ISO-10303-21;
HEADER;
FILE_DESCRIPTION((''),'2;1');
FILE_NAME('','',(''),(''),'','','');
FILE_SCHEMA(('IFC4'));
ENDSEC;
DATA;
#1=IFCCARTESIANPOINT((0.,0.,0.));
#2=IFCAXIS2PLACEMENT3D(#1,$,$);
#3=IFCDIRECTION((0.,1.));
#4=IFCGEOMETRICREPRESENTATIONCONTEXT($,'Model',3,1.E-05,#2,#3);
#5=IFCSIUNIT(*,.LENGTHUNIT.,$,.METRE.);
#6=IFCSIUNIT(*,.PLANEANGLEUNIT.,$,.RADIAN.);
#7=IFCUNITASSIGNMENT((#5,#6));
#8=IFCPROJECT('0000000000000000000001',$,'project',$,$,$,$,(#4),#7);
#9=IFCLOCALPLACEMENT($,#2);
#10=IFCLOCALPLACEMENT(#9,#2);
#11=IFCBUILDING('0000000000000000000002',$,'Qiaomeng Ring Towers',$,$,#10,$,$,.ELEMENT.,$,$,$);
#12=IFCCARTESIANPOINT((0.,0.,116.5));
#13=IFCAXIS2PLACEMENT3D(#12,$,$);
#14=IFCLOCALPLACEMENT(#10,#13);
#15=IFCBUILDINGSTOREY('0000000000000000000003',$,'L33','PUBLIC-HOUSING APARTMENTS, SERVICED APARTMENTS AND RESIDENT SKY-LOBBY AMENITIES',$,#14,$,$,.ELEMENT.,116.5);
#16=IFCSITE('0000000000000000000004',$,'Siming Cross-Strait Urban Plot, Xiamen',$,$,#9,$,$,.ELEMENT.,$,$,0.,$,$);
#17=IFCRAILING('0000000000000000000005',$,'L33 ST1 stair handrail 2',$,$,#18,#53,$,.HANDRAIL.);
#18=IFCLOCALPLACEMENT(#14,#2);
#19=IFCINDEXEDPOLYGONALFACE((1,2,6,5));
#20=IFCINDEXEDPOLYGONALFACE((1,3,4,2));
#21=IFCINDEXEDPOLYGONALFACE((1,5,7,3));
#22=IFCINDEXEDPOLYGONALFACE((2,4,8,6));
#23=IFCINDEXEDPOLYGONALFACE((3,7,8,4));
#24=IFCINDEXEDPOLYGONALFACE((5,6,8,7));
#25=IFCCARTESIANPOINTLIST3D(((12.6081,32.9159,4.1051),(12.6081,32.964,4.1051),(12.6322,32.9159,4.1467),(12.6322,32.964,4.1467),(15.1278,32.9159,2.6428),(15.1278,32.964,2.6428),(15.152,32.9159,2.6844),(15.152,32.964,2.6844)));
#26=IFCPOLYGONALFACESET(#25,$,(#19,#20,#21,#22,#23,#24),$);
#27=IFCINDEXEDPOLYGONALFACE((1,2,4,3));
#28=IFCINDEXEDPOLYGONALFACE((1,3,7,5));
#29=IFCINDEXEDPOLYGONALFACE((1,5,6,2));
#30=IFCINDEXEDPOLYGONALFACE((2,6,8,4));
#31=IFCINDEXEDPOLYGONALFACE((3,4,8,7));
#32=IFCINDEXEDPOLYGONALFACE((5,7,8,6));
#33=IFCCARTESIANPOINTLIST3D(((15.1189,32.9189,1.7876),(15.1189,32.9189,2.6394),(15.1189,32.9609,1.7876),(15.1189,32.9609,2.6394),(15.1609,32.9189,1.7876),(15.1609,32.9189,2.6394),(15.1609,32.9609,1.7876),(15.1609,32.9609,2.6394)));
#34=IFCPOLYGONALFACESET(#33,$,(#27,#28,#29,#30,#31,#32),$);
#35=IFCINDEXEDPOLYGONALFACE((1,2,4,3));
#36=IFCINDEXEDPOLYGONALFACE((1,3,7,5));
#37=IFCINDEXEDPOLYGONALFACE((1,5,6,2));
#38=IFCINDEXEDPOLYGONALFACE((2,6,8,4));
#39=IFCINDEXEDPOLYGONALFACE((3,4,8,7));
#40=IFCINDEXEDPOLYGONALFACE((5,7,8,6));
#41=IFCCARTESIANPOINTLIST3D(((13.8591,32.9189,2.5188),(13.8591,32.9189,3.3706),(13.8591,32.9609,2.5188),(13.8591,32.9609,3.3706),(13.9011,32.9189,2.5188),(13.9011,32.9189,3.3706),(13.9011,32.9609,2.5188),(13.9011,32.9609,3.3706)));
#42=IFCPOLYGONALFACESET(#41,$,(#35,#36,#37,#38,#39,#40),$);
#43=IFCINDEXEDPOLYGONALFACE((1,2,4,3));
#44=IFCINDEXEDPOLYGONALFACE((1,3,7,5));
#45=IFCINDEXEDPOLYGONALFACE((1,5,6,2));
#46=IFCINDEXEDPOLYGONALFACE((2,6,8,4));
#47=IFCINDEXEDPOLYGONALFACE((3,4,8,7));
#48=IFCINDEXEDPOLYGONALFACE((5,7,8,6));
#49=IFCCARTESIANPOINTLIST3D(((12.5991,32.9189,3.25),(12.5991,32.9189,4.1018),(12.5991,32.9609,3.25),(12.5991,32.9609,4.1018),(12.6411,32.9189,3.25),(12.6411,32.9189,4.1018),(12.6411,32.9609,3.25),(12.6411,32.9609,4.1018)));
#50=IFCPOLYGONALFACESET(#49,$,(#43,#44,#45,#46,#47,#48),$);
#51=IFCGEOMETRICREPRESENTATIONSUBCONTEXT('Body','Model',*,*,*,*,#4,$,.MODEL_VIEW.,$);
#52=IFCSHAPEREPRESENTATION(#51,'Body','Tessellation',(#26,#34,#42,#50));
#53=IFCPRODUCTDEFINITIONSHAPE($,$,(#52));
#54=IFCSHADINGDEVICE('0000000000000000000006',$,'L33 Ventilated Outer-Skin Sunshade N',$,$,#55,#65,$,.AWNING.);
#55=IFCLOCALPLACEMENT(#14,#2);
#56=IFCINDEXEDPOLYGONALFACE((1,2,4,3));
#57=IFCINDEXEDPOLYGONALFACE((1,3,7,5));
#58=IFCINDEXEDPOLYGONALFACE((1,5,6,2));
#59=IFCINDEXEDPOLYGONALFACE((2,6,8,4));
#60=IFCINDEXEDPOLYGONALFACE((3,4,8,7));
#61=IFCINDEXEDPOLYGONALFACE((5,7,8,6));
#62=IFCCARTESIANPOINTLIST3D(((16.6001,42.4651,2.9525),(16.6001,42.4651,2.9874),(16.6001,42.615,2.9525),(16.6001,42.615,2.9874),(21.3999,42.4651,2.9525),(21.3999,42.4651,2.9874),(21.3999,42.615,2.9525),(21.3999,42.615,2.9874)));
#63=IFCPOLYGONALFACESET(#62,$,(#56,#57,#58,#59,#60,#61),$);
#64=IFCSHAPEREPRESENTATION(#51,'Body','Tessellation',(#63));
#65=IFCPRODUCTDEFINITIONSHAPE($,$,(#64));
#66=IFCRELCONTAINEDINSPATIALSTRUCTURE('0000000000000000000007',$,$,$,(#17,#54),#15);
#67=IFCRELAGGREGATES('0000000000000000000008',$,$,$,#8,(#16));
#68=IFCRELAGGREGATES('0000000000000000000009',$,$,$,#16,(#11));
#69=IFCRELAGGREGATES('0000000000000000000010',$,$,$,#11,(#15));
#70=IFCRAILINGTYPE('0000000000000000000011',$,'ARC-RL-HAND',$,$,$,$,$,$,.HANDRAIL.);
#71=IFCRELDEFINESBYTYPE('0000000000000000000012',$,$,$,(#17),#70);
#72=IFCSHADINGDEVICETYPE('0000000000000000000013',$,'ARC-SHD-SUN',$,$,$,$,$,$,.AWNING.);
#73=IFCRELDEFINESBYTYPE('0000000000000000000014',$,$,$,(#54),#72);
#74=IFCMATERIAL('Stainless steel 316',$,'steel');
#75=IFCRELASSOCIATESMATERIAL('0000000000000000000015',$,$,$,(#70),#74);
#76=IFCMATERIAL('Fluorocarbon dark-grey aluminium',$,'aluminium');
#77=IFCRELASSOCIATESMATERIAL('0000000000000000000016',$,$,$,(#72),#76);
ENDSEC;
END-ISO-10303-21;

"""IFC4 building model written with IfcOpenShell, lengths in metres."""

from ifc_helpers import new_model, si_unit, direction, frame, origin, origin_2d, place, context, subcontext, project, spatial, rectangle, extrude, source, transform, mapped, material, material_profile, profile_set, type_object, element, save


model = new_model("IFC4")

# Units and contexts
model_context = context("Model", 3, precision=1e-05, world=origin(), true_north=direction((0.0, 1.0)))
body_context = subcontext(model_context, "Body", "Model", "MODEL_VIEW")
ifc_project = project(units=[si_unit("LENGTHUNIT", "METRE"), si_unit("PLANEANGLEUNIT", "RADIAN")], contexts=[model_context])

# Site, building, storey
site_placement = place(None, origin())
site = spatial("IfcSite", under=ifc_project, at=site_placement, Name="Siming Cross-Strait Urban Plot, Xiamen", CompositionType="ELEMENT", RefElevation=0.0)
building_placement = place(site_placement, origin())
building = spatial("IfcBuilding", under=site, at=building_placement, Name="Qiaomeng Ring Towers", CompositionType="ELEMENT")
storey_placement = place(building_placement, frame((0.0, 0.0, 116.5)))
storey = spatial("IfcBuildingStorey", under=building, at=storey_placement, Name="L33", Description="PUBLIC-HOUSING APARTMENTS, SERVICED APARTMENTS AND RESIDENT SKY-LOBBY AMENITIES", CompositionType="ELEMENT", Elevation=116.5)

# Shared definitions
ifc_material_1 = material(Name="Stainless steel 316", Category="steel")

# Railing
railing_type_1 = type_object("IfcRailingType", Name="ARC-RL-HAND", PredefinedType="HANDRAIL", material=ifc_material_1)
railing_1_placement = place(storey_placement, frame((15.1399, 32.9399, 1.7876)))
element("IfcRailing", 1, at=railing_1_placement, inside=storey, type_object=railing_type_1, Name="L33 ST1 stair handrail 2", PredefinedType="HANDRAIL", context=body_context, shape_type="SweptSolid", body=[
    extrude(rectangle(XDim=0.0481, YDim=0.0481, at=origin_2d()), frame((0.0, 0.0, 0.876), z_axis=(-0.864892, 0.0, 0.501958), x_axis=(0.0, -1.0, 0.0)), (0.0, 0.0, 1.0), 2.9133),
    extrude(rectangle(XDim=0.042, YDim=0.042, at=origin_2d()), origin(), (0.0, 0.0, 1.0), 0.8518),
    extrude(rectangle(XDim=0.042, YDim=0.042, at=origin_2d()), frame((-1.2598, 0.0, 0.7312)), (0.0, 0.0, 1.0), 0.8518),
    extrude(rectangle(XDim=0.042, YDim=0.042, at=origin_2d()), frame((-2.5198, 0.0, 1.4624)), (0.0, 0.0, 1.0), 0.8518),
])

# Shading device
ifc_material_2 = material(Name="Fluorocarbon dark-grey aluminium", Category="aluminium")
ifc_material_profile_1 = material_profile(ifc_material_2, rectangle(XDim=0.1499, YDim=0.0349, at=origin_2d()), Name="LV BLADE 150x35")
ifc_profile_set_1 = profile_set([ifc_material_profile_1], Name="Fluorocarbon dark-grey aluminium")
shading_device_type = type_object("IfcShadingDeviceType", Name="ARC-SHD-SUN", PredefinedType="AWNING", material=ifc_profile_set_1)
shared_shape_1 = source(origin(), body_context, "Body", "SweptSolid", [
    extrude(rectangle(XDim=0.1499, YDim=0.0349, at=origin_2d()), origin(), (0.0, 0.0, 1.0), 4.7998),
])
shading_device_placement = place(storey_placement, frame((16.6001, 42.54, 2.97), z_axis=(1.0, 0.0, 0.0), x_axis=(0.0, 1.0, 0.0)))
element("IfcShadingDevice", 2, at=shading_device_placement, inside=storey, type_object=shading_device_type, Name="L33 Ventilated Outer-Skin Sunshade N", PredefinedType="AWNING", context=body_context, shape_type="MappedRepresentation", body=[
    mapped(shared_shape_1, transform((0.0, 0.0, 0.0), x_axis=(1.0, 0.0, 0.0), y_axis=(0.0, 1.0, 0.0), z_axis=(0.0, 0.0, 1.0), scale=1.0)),
])

save(model, "model.ifc")
